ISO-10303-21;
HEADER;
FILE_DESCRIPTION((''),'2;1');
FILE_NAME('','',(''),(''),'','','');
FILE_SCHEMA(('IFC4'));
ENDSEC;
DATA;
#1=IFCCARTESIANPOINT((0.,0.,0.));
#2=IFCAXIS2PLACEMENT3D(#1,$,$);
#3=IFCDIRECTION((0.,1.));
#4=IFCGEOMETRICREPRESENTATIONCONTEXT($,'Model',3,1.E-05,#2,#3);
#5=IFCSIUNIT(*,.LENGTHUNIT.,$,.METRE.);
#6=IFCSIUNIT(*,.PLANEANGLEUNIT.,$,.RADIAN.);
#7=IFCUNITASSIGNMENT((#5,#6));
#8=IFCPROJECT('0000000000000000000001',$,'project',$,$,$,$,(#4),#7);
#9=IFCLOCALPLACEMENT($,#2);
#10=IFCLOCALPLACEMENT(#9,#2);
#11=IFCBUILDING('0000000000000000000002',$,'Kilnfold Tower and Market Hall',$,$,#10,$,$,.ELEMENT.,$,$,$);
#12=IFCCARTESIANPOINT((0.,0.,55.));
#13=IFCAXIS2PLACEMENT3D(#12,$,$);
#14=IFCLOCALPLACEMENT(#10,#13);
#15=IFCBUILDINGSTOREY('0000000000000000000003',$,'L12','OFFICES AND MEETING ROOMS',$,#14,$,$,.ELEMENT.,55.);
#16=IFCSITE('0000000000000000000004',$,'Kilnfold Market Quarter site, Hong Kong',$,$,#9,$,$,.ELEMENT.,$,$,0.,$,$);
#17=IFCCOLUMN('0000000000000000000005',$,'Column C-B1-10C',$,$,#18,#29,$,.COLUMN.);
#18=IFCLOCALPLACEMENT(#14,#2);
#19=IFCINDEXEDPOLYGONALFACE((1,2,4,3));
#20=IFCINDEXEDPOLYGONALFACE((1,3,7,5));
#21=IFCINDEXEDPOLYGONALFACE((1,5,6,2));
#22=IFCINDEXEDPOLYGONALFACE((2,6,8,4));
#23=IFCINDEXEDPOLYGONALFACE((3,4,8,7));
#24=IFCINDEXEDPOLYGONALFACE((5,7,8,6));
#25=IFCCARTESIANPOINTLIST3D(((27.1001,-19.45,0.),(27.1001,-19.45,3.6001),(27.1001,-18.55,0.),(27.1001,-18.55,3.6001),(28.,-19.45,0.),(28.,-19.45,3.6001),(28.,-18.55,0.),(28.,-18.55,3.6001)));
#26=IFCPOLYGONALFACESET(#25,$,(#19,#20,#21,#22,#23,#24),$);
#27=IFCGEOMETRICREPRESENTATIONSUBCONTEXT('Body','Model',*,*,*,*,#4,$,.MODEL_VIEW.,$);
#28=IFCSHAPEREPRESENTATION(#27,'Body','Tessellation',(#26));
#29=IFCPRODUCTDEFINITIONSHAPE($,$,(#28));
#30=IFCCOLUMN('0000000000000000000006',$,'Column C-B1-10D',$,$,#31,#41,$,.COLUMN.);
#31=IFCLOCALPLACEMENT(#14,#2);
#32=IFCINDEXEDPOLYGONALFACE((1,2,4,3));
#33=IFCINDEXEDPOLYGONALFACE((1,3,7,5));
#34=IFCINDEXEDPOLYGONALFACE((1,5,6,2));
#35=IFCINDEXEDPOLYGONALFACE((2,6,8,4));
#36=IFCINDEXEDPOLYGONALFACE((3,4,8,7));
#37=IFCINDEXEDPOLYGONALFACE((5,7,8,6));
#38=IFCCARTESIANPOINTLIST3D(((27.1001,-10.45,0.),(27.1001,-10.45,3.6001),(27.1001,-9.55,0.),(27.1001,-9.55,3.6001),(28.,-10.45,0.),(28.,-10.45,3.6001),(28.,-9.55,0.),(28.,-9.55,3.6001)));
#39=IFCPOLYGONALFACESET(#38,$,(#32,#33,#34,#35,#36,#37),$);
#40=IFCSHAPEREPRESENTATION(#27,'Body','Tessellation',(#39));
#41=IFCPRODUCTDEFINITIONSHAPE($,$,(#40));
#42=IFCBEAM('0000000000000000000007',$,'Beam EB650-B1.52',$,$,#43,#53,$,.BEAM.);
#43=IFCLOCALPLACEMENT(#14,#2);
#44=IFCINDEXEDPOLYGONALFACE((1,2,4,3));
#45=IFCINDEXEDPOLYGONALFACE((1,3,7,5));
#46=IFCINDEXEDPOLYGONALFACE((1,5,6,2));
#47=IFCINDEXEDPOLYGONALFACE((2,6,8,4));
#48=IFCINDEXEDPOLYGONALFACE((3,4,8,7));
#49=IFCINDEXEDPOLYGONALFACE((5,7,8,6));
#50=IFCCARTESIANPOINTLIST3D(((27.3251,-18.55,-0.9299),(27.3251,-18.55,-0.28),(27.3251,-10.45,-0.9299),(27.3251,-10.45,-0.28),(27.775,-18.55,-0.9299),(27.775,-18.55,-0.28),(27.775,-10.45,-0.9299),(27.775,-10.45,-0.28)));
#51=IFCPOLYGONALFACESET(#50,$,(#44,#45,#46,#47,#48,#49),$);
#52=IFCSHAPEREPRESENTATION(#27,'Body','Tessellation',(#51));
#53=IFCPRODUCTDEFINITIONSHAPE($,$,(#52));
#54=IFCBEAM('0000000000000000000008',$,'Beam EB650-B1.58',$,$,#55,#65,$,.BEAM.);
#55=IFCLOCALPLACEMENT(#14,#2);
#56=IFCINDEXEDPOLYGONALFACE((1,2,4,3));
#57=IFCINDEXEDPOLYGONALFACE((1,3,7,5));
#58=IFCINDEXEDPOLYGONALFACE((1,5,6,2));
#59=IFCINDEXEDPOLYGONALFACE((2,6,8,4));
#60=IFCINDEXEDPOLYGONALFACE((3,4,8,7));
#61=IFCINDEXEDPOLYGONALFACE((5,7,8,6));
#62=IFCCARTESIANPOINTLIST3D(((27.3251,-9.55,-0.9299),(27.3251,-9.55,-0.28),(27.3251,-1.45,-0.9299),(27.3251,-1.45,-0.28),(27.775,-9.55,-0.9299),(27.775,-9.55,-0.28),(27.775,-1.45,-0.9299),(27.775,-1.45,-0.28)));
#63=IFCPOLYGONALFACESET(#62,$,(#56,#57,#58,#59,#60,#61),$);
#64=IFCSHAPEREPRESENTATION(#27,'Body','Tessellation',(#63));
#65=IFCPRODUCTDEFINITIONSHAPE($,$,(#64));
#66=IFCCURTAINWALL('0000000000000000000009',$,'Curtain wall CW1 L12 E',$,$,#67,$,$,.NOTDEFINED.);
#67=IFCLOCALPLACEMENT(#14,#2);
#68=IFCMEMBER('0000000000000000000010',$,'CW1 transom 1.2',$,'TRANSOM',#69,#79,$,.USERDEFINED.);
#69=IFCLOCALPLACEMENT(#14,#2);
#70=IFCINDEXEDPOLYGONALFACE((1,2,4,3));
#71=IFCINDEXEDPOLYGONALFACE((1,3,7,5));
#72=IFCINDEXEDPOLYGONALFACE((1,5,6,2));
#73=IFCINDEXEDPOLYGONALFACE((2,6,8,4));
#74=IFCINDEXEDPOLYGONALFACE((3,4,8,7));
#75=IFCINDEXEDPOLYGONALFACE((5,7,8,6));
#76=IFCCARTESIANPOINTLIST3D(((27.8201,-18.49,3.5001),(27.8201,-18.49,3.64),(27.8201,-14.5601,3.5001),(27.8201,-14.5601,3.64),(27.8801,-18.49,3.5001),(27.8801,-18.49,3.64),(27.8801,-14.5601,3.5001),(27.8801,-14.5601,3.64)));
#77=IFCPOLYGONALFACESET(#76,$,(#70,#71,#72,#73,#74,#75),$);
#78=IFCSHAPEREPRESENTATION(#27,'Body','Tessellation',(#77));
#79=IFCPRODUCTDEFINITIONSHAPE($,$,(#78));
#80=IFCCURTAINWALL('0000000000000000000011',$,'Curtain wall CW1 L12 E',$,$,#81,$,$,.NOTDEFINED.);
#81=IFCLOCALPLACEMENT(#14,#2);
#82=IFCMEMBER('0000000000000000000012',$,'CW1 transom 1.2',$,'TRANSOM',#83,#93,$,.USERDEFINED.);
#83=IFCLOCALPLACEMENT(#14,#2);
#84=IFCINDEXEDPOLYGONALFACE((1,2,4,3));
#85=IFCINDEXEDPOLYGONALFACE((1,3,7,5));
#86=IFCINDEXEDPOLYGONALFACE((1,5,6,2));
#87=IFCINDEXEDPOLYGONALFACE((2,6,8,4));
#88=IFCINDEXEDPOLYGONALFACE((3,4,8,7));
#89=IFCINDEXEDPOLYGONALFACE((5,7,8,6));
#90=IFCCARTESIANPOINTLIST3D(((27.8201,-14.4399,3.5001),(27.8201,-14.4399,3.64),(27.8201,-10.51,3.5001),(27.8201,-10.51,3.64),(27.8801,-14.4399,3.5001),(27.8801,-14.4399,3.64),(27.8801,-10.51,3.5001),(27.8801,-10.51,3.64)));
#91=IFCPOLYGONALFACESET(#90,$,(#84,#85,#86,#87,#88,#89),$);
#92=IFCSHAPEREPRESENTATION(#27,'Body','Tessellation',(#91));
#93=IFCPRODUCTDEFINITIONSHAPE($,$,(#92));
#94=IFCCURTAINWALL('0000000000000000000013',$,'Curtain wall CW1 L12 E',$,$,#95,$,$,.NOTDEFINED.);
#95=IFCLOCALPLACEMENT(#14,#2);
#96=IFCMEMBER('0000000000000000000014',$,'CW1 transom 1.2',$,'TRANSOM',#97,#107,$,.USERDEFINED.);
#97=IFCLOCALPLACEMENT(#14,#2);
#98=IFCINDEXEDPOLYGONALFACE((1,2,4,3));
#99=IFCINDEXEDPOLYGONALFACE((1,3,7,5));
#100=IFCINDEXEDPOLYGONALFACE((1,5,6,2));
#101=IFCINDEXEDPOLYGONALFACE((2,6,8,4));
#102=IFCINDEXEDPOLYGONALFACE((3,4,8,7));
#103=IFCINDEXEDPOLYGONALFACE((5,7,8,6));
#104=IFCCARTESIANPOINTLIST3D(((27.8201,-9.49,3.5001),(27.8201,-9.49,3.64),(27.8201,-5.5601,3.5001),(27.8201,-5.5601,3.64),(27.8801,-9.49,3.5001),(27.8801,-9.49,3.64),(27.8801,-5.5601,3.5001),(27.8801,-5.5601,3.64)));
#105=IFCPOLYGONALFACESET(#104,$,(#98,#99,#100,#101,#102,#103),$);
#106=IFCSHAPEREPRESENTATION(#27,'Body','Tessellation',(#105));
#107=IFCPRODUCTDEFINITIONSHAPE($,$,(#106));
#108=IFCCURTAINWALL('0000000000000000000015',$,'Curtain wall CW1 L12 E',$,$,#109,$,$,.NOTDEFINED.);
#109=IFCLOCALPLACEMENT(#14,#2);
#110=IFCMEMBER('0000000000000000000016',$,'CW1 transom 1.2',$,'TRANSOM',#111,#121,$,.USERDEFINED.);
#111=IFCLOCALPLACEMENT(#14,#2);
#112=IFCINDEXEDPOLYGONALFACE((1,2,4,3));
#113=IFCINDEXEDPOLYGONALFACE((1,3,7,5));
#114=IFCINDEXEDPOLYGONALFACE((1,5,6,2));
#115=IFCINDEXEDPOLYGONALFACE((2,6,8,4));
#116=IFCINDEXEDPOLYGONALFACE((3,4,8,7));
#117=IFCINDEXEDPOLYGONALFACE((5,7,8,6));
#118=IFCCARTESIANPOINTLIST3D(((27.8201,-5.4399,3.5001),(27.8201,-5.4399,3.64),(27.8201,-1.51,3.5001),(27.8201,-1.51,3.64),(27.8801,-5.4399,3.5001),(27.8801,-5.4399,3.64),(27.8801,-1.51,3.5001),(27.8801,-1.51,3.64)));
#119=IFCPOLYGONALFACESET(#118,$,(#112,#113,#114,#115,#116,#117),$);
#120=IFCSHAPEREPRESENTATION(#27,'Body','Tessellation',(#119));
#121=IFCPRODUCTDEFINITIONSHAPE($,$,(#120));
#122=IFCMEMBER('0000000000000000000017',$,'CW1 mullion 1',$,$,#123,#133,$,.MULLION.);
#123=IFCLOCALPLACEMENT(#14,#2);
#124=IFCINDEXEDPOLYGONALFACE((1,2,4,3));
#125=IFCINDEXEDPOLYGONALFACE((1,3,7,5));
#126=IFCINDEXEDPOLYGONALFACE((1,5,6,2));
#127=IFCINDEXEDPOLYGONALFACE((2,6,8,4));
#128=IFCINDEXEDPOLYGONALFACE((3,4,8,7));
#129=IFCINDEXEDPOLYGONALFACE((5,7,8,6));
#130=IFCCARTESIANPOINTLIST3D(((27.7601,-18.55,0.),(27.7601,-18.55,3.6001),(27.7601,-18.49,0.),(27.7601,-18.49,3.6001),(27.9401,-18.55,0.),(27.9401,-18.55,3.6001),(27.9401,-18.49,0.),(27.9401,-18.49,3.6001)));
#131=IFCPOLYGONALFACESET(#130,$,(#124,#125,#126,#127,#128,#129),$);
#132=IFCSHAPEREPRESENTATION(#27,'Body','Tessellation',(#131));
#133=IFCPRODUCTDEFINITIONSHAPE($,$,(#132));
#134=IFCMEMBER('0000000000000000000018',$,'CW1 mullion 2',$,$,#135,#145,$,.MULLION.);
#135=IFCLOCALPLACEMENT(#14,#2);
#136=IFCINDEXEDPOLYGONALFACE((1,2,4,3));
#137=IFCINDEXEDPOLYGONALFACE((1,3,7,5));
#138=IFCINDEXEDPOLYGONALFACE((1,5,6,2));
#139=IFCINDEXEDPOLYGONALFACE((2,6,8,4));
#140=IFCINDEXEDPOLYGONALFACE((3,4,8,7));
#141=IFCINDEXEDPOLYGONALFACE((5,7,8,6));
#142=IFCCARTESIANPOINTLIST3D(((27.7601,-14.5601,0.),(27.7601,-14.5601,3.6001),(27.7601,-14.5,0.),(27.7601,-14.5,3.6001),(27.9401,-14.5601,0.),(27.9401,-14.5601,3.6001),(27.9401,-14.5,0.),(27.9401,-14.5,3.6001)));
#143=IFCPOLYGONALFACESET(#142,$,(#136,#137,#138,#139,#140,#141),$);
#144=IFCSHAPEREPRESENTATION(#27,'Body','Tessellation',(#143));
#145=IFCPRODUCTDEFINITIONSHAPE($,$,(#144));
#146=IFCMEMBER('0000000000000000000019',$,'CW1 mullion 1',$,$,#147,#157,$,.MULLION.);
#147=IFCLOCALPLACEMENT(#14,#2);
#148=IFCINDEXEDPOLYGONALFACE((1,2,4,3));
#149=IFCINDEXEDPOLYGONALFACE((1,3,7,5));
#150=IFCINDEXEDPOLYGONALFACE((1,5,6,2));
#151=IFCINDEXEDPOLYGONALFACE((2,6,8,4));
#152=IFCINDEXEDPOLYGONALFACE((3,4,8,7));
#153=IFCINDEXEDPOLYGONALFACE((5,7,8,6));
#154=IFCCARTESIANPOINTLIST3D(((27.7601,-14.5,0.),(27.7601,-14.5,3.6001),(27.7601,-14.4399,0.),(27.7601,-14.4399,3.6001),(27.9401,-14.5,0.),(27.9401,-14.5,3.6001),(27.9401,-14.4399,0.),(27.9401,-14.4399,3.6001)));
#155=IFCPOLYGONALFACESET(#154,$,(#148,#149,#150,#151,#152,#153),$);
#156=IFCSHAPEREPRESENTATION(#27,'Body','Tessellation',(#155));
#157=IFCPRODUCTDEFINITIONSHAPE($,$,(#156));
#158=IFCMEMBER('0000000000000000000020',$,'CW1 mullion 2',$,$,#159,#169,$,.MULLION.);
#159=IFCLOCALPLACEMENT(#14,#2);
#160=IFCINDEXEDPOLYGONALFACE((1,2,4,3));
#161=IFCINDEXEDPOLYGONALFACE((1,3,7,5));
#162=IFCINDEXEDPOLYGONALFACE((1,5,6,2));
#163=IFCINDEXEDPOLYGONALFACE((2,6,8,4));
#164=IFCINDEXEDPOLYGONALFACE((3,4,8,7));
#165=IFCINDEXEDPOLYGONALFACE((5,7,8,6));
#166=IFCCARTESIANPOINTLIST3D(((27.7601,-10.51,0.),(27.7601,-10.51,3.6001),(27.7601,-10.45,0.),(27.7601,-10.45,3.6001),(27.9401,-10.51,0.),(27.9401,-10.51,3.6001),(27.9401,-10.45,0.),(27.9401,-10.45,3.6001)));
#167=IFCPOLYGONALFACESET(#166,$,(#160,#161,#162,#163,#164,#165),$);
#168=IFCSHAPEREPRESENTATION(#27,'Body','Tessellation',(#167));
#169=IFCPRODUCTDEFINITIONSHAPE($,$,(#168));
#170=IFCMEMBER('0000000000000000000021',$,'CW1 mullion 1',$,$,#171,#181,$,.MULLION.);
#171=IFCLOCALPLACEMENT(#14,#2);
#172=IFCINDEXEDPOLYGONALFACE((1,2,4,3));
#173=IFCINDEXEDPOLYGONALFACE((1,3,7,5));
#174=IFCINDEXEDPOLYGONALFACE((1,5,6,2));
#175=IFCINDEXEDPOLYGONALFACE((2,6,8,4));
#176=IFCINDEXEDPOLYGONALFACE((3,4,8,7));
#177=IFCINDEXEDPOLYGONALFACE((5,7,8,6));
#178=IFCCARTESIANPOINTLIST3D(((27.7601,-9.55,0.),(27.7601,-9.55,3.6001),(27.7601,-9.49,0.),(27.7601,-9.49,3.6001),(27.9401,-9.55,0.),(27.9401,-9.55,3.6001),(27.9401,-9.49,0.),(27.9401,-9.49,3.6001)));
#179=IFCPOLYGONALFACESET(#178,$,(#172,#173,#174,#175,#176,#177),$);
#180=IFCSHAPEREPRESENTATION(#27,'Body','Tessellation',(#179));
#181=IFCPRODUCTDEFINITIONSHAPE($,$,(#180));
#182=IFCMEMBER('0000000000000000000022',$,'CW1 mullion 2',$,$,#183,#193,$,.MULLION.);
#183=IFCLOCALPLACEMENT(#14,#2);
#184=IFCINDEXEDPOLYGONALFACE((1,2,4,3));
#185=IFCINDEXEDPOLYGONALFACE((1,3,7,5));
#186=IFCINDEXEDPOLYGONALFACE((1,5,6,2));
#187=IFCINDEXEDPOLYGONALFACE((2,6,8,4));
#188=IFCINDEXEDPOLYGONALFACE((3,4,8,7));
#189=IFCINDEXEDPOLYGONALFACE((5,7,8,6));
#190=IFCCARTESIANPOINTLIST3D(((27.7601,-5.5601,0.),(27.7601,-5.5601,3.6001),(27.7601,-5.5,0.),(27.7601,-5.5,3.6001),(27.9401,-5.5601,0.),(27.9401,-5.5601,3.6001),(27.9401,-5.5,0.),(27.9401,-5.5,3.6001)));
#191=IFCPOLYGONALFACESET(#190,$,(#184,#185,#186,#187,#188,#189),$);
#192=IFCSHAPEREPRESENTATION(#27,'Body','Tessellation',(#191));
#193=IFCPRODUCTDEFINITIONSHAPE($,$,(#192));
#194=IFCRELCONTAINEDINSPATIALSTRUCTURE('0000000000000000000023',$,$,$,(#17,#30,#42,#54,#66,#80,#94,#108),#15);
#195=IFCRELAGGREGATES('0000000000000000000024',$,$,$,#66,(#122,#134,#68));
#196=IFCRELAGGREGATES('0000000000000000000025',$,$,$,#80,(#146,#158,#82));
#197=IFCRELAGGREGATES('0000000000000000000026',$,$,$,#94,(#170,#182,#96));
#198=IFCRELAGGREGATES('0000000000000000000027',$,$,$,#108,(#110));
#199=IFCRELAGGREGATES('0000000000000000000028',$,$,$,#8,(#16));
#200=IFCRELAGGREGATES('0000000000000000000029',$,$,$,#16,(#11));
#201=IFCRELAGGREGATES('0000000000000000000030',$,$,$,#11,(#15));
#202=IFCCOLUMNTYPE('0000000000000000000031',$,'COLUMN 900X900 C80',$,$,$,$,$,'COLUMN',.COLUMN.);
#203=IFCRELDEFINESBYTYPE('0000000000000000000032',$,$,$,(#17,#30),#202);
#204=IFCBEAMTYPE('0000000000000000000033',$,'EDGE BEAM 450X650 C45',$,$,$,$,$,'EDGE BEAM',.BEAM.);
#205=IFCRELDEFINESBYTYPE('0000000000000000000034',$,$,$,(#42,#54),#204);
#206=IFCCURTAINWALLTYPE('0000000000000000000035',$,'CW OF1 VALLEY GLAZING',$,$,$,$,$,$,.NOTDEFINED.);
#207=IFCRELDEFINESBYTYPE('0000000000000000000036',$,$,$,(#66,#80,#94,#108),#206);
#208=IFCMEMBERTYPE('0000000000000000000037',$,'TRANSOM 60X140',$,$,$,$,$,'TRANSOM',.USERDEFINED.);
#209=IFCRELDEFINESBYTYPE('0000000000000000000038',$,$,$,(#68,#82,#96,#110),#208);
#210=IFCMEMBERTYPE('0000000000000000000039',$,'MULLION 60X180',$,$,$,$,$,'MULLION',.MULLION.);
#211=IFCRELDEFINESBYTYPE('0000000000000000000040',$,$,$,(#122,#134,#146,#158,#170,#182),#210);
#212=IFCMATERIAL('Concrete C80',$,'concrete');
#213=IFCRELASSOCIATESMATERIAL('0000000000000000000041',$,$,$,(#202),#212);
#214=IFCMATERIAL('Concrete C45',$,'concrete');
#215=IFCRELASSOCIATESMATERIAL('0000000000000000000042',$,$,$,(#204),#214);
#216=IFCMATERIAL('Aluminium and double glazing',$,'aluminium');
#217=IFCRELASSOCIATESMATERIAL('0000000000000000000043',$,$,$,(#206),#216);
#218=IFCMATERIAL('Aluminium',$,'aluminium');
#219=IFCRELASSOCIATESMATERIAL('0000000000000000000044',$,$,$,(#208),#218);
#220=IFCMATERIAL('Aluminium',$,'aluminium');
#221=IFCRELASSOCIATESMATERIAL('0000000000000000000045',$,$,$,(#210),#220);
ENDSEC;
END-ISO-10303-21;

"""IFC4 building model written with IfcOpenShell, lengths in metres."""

from ifc_helpers import new_model, si_unit, direction, frame, origin, origin_2d, place, context, subcontext, project, spatial, rectangle, extrude, source, transform, mapped, material, material_profile, profile_set, type_object, element, aggregate, save


model = new_model("IFC4")

# Units and contexts
model_context = context("Model", 3, precision=1e-05, world=origin(), true_north=direction((0.0, 1.0)))
body_context = subcontext(model_context, "Body", "Model", "MODEL_VIEW")
ifc_project = project(units=[si_unit("LENGTHUNIT", "METRE"), si_unit("PLANEANGLEUNIT", "RADIAN")], contexts=[model_context])

# Site, building, storey
site_placement = place(None, origin())
site = spatial("IfcSite", under=ifc_project, at=site_placement, Name="Kilnfold Market Quarter site, Hong Kong", CompositionType="ELEMENT", RefElevation=0.0)
building_placement = place(site_placement, origin())
building = spatial("IfcBuilding", under=site, at=building_placement, Name="Kilnfold Tower and Market Hall", CompositionType="ELEMENT")
storey_placement = place(building_placement, frame((0.0, 0.0, 55.0)))
storey = spatial("IfcBuildingStorey", under=building, at=storey_placement, Name="L12", Description="OFFICES AND MEETING ROOMS", CompositionType="ELEMENT", Elevation=55.0)

# Columns
ifc_material_1 = material(Name="Concrete C80", Category="concrete")
ifc_material_profile_1 = material_profile(ifc_material_1, rectangle(XDim=0.8999, YDim=0.8999, at=origin_2d()), Name="RC 900x900")
ifc_profile_set_1 = profile_set([ifc_material_profile_1], Name="Concrete C80")
column_type = type_object("IfcColumnType", Name="COLUMN 900X900 C80", ElementType="COLUMN", PredefinedType="COLUMN", material=ifc_profile_set_1)
shared_shape_1 = source(origin(), body_context, "Body", "SweptSolid", [
    extrude(rectangle(XDim=0.8999, YDim=0.8999, at=origin_2d()), origin(), (0.0, 0.0, 1.0), 3.6001),
])
for number, where, z_axis, x_axis, name in (
    (1, (27.55, -19.0, 0.0), (0.0, 0.0, 1.0), (1.0, 0.0, 0.0), "Column C-B1-10C"),
    (2, (27.55, -10.0, 0.0), (0.0, 0.0, 1.0), (1.0, 0.0, 0.0), "Column C-B1-10D"),
):
    element("IfcColumn", number, at=place(storey_placement, frame(where, z_axis=z_axis, x_axis=x_axis)), inside=storey, type_object=column_type, Name=name, PredefinedType="COLUMN", context=body_context, shape_type="MappedRepresentation", body=[
        mapped(shared_shape_1, transform((0.0, 0.0, 0.0))),
    ])

# Beams
ifc_material_2 = material(Name="Concrete C45", Category="concrete")
ifc_material_profile_2 = material_profile(ifc_material_2, rectangle(XDim=0.45, YDim=0.6499, at=origin_2d()), Name="RC 450x650")
ifc_profile_set_2 = profile_set([ifc_material_profile_2], Name="Concrete C45")
beam_type = type_object("IfcBeamType", Name="EDGE BEAM 450X650 C45", ElementType="EDGE BEAM", PredefinedType="BEAM", material=ifc_profile_set_2)
shared_shape_2 = source(origin(), body_context, "Body", "SweptSolid", [
    extrude(rectangle(XDim=0.45, YDim=0.6499, at=origin_2d()), origin(), (0.0, 0.0, 1.0), 8.1001),
])
for number, where, z_axis, x_axis, name in (
    (3, (27.55, -18.55, -0.605), (0.0, 1.0, 0.0), (-1.0, 0.0, 0.0), "Beam EB650-B1.52"),
    (4, (27.55, -9.55, -0.605), (0.0, 1.0, 0.0), (-1.0, 0.0, 0.0), "Beam EB650-B1.58"),
):
    element("IfcBeam", number, at=place(storey_placement, frame(where, z_axis=z_axis, x_axis=x_axis)), inside=storey, type_object=beam_type, Name=name, PredefinedType="BEAM", context=body_context, shape_type="MappedRepresentation", body=[
        mapped(shared_shape_2, transform((0.0, 0.0, 0.0))),
    ])

# Curtain walls, members
ifc_material_3 = material(Name="Aluminium and double glazing", Category="aluminium")
curtain_wall_type = type_object("IfcCurtainWallType", Name="CW OF1 VALLEY GLAZING", PredefinedType="NOTDEFINED", material=ifc_material_3)
curtain_wall_1_placement = place(storey_placement, origin())
curtain_wall_1 = element("IfcCurtainWall", 5, at=curtain_wall_1_placement, inside=storey, type_object=curtain_wall_type, Name="Curtain wall CW1 L12 E", PredefinedType="NOTDEFINED")
ifc_material_4 = material(Name="Aluminium", Category="aluminium")
ifc_material_profile_3 = material_profile(ifc_material_4, rectangle(XDim=0.0601, YDim=0.1399, at=origin_2d()), Name="TRANSOM 60x140")
ifc_profile_set_3 = profile_set([ifc_material_profile_3], Name="Aluminium")
member_type_1 = type_object("IfcMemberType", Name="TRANSOM 60X140", ElementType="TRANSOM", PredefinedType="USERDEFINED", material=ifc_profile_set_3)
shared_shape_3 = source(origin(), body_context, "Body", "SweptSolid", [
    extrude(rectangle(XDim=0.0601, YDim=0.1399, at=origin_2d()), origin(), (0.0, 0.0, 1.0), 3.9299),
])
member_1_placement = place(storey_placement, frame((27.8501, -18.49, 3.5701), z_axis=(0.0, 1.0, 0.0), x_axis=(-1.0, 0.0, 0.0)))
member_1 = element("IfcMember", 6, at=member_1_placement, type_object=member_type_1, Name="CW1 transom 1.2", ObjectType="TRANSOM", PredefinedType="USERDEFINED", context=body_context, shape_type="MappedRepresentation", body=[
    mapped(shared_shape_3, transform((0.0, 0.0, 0.0))),
])
curtain_wall_2_placement = place(storey_placement, origin())
curtain_wall_2 = element("IfcCurtainWall", 7, at=curtain_wall_2_placement, inside=storey, type_object=curtain_wall_type, Name="Curtain wall CW1 L12 E", PredefinedType="NOTDEFINED")
member_2_placement = place(storey_placement, frame((27.8501, -14.4399, 3.5701), z_axis=(0.0, 1.0, 0.0), x_axis=(-1.0, 0.0, 0.0)))
member_2 = element("IfcMember", 8, at=member_2_placement, type_object=member_type_1, Name="CW1 transom 1.2", ObjectType="TRANSOM", PredefinedType="USERDEFINED", context=body_context, shape_type="MappedRepresentation", body=[
    mapped(shared_shape_3, transform((0.0, 0.0, 0.0))),
])
curtain_wall_3_placement = place(storey_placement, origin())
curtain_wall_3 = element("IfcCurtainWall", 9, at=curtain_wall_3_placement, inside=storey, type_object=curtain_wall_type, Name="Curtain wall CW1 L12 E", PredefinedType="NOTDEFINED")
member_3_placement = place(storey_placement, frame((27.8501, -9.49, 3.5701), z_axis=(0.0, 1.0, 0.0), x_axis=(-1.0, 0.0, 0.0)))
member_3 = element("IfcMember", 10, at=member_3_placement, type_object=member_type_1, Name="CW1 transom 1.2", ObjectType="TRANSOM", PredefinedType="USERDEFINED", context=body_context, shape_type="MappedRepresentation", body=[
    mapped(shared_shape_3, transform((0.0, 0.0, 0.0))),
])
curtain_wall_4_placement = place(storey_placement, origin())
curtain_wall_4 = element("IfcCurtainWall", 11, at=curtain_wall_4_placement, inside=storey, type_object=curtain_wall_type, Name="Curtain wall CW1 L12 E", PredefinedType="NOTDEFINED")
member_4_placement = place(storey_placement, frame((27.8501, -5.4399, 3.5701), z_axis=(0.0, 1.0, 0.0), x_axis=(-1.0, 0.0, 0.0)))
member_4 = element("IfcMember", 12, at=member_4_placement, type_object=member_type_1, Name="CW1 transom 1.2", ObjectType="TRANSOM", PredefinedType="USERDEFINED", context=body_context, shape_type="MappedRepresentation", body=[
    mapped(shared_shape_3, transform((0.0, 0.0, 0.0))),
])

# Members
ifc_material_5 = material(Name="Aluminium", Category="aluminium")
ifc_material_profile_4 = material_profile(ifc_material_5, rectangle(XDim=0.0601, YDim=0.1799, at=origin_2d()), Name="MULLION 60x180")
ifc_profile_set_4 = profile_set([ifc_material_profile_4], Name="Aluminium")
member_type_2 = type_object("IfcMemberType", Name="MULLION 60X180", ElementType="MULLION", PredefinedType="MULLION", material=ifc_profile_set_4)
shared_shape_4 = source(origin(), body_context, "Body", "SweptSolid", [
    extrude(rectangle(XDim=0.0601, YDim=0.1799, at=origin_2d()), origin(), (0.0, 0.0, 1.0), 3.6001),
])
member_5_placement = place(storey_placement, frame((27.8501, -18.52, 0.0), z_axis=(0.0, 0.0, 1.0), x_axis=(0.0, 1.0, 0.0)))
member_5 = element("IfcMember", 13, at=member_5_placement, type_object=member_type_2, Name="CW1 mullion 1", PredefinedType="MULLION", context=body_context, shape_type="MappedRepresentation", body=[
    mapped(shared_shape_4, transform((0.0, 0.0, 0.0))),
])
member_6_placement = place(storey_placement, frame((27.8501, -14.53, 0.0), z_axis=(0.0, 0.0, 1.0), x_axis=(0.0, 1.0, 0.0)))
member_6 = element("IfcMember", 14, at=member_6_placement, type_object=member_type_2, Name="CW1 mullion 2", PredefinedType="MULLION", context=body_context, shape_type="MappedRepresentation", body=[
    mapped(shared_shape_4, transform((0.0, 0.0, 0.0))),
])
member_7_placement = place(storey_placement, frame((27.8501, -14.47, 0.0), z_axis=(0.0, 0.0, 1.0), x_axis=(0.0, 1.0, 0.0)))
member_7 = element("IfcMember", 15, at=member_7_placement, type_object=member_type_2, Name="CW1 mullion 1", PredefinedType="MULLION", context=body_context, shape_type="MappedRepresentation", body=[
    mapped(shared_shape_4, transform((0.0, 0.0, 0.0))),
])
member_8_placement = place(storey_placement, frame((27.8501, -10.48, 0.0), z_axis=(0.0, 0.0, 1.0), x_axis=(0.0, 1.0, 0.0)))
member_8 = element("IfcMember", 16, at=member_8_placement, type_object=member_type_2, Name="CW1 mullion 2", PredefinedType="MULLION", context=body_context, shape_type="MappedRepresentation", body=[
    mapped(shared_shape_4, transform((0.0, 0.0, 0.0))),
])
member_9_placement = place(storey_placement, frame((27.8501, -9.52, 0.0), z_axis=(0.0, 0.0, 1.0), x_axis=(0.0, 1.0, 0.0)))
member_9 = element("IfcMember", 17, at=member_9_placement, type_object=member_type_2, Name="CW1 mullion 1", PredefinedType="MULLION", context=body_context, shape_type="MappedRepresentation", body=[
    mapped(shared_shape_4, transform((0.0, 0.0, 0.0))),
])
member_10_placement = place(storey_placement, frame((27.8501, -5.53, 0.0), z_axis=(0.0, 0.0, 1.0), x_axis=(0.0, 1.0, 0.0)))
member_10 = element("IfcMember", 18, at=member_10_placement, type_object=member_type_2, Name="CW1 mullion 2", PredefinedType="MULLION", context=body_context, shape_type="MappedRepresentation", body=[
    mapped(shared_shape_4, transform((0.0, 0.0, 0.0))),
])

aggregate(curtain_wall_1, [member_5, member_6, member_1])
aggregate(curtain_wall_2, [member_7, member_8, member_2])
aggregate(curtain_wall_3, [member_9, member_10, member_3])
aggregate(curtain_wall_4, [member_4])

save(model, "model.ifc")
